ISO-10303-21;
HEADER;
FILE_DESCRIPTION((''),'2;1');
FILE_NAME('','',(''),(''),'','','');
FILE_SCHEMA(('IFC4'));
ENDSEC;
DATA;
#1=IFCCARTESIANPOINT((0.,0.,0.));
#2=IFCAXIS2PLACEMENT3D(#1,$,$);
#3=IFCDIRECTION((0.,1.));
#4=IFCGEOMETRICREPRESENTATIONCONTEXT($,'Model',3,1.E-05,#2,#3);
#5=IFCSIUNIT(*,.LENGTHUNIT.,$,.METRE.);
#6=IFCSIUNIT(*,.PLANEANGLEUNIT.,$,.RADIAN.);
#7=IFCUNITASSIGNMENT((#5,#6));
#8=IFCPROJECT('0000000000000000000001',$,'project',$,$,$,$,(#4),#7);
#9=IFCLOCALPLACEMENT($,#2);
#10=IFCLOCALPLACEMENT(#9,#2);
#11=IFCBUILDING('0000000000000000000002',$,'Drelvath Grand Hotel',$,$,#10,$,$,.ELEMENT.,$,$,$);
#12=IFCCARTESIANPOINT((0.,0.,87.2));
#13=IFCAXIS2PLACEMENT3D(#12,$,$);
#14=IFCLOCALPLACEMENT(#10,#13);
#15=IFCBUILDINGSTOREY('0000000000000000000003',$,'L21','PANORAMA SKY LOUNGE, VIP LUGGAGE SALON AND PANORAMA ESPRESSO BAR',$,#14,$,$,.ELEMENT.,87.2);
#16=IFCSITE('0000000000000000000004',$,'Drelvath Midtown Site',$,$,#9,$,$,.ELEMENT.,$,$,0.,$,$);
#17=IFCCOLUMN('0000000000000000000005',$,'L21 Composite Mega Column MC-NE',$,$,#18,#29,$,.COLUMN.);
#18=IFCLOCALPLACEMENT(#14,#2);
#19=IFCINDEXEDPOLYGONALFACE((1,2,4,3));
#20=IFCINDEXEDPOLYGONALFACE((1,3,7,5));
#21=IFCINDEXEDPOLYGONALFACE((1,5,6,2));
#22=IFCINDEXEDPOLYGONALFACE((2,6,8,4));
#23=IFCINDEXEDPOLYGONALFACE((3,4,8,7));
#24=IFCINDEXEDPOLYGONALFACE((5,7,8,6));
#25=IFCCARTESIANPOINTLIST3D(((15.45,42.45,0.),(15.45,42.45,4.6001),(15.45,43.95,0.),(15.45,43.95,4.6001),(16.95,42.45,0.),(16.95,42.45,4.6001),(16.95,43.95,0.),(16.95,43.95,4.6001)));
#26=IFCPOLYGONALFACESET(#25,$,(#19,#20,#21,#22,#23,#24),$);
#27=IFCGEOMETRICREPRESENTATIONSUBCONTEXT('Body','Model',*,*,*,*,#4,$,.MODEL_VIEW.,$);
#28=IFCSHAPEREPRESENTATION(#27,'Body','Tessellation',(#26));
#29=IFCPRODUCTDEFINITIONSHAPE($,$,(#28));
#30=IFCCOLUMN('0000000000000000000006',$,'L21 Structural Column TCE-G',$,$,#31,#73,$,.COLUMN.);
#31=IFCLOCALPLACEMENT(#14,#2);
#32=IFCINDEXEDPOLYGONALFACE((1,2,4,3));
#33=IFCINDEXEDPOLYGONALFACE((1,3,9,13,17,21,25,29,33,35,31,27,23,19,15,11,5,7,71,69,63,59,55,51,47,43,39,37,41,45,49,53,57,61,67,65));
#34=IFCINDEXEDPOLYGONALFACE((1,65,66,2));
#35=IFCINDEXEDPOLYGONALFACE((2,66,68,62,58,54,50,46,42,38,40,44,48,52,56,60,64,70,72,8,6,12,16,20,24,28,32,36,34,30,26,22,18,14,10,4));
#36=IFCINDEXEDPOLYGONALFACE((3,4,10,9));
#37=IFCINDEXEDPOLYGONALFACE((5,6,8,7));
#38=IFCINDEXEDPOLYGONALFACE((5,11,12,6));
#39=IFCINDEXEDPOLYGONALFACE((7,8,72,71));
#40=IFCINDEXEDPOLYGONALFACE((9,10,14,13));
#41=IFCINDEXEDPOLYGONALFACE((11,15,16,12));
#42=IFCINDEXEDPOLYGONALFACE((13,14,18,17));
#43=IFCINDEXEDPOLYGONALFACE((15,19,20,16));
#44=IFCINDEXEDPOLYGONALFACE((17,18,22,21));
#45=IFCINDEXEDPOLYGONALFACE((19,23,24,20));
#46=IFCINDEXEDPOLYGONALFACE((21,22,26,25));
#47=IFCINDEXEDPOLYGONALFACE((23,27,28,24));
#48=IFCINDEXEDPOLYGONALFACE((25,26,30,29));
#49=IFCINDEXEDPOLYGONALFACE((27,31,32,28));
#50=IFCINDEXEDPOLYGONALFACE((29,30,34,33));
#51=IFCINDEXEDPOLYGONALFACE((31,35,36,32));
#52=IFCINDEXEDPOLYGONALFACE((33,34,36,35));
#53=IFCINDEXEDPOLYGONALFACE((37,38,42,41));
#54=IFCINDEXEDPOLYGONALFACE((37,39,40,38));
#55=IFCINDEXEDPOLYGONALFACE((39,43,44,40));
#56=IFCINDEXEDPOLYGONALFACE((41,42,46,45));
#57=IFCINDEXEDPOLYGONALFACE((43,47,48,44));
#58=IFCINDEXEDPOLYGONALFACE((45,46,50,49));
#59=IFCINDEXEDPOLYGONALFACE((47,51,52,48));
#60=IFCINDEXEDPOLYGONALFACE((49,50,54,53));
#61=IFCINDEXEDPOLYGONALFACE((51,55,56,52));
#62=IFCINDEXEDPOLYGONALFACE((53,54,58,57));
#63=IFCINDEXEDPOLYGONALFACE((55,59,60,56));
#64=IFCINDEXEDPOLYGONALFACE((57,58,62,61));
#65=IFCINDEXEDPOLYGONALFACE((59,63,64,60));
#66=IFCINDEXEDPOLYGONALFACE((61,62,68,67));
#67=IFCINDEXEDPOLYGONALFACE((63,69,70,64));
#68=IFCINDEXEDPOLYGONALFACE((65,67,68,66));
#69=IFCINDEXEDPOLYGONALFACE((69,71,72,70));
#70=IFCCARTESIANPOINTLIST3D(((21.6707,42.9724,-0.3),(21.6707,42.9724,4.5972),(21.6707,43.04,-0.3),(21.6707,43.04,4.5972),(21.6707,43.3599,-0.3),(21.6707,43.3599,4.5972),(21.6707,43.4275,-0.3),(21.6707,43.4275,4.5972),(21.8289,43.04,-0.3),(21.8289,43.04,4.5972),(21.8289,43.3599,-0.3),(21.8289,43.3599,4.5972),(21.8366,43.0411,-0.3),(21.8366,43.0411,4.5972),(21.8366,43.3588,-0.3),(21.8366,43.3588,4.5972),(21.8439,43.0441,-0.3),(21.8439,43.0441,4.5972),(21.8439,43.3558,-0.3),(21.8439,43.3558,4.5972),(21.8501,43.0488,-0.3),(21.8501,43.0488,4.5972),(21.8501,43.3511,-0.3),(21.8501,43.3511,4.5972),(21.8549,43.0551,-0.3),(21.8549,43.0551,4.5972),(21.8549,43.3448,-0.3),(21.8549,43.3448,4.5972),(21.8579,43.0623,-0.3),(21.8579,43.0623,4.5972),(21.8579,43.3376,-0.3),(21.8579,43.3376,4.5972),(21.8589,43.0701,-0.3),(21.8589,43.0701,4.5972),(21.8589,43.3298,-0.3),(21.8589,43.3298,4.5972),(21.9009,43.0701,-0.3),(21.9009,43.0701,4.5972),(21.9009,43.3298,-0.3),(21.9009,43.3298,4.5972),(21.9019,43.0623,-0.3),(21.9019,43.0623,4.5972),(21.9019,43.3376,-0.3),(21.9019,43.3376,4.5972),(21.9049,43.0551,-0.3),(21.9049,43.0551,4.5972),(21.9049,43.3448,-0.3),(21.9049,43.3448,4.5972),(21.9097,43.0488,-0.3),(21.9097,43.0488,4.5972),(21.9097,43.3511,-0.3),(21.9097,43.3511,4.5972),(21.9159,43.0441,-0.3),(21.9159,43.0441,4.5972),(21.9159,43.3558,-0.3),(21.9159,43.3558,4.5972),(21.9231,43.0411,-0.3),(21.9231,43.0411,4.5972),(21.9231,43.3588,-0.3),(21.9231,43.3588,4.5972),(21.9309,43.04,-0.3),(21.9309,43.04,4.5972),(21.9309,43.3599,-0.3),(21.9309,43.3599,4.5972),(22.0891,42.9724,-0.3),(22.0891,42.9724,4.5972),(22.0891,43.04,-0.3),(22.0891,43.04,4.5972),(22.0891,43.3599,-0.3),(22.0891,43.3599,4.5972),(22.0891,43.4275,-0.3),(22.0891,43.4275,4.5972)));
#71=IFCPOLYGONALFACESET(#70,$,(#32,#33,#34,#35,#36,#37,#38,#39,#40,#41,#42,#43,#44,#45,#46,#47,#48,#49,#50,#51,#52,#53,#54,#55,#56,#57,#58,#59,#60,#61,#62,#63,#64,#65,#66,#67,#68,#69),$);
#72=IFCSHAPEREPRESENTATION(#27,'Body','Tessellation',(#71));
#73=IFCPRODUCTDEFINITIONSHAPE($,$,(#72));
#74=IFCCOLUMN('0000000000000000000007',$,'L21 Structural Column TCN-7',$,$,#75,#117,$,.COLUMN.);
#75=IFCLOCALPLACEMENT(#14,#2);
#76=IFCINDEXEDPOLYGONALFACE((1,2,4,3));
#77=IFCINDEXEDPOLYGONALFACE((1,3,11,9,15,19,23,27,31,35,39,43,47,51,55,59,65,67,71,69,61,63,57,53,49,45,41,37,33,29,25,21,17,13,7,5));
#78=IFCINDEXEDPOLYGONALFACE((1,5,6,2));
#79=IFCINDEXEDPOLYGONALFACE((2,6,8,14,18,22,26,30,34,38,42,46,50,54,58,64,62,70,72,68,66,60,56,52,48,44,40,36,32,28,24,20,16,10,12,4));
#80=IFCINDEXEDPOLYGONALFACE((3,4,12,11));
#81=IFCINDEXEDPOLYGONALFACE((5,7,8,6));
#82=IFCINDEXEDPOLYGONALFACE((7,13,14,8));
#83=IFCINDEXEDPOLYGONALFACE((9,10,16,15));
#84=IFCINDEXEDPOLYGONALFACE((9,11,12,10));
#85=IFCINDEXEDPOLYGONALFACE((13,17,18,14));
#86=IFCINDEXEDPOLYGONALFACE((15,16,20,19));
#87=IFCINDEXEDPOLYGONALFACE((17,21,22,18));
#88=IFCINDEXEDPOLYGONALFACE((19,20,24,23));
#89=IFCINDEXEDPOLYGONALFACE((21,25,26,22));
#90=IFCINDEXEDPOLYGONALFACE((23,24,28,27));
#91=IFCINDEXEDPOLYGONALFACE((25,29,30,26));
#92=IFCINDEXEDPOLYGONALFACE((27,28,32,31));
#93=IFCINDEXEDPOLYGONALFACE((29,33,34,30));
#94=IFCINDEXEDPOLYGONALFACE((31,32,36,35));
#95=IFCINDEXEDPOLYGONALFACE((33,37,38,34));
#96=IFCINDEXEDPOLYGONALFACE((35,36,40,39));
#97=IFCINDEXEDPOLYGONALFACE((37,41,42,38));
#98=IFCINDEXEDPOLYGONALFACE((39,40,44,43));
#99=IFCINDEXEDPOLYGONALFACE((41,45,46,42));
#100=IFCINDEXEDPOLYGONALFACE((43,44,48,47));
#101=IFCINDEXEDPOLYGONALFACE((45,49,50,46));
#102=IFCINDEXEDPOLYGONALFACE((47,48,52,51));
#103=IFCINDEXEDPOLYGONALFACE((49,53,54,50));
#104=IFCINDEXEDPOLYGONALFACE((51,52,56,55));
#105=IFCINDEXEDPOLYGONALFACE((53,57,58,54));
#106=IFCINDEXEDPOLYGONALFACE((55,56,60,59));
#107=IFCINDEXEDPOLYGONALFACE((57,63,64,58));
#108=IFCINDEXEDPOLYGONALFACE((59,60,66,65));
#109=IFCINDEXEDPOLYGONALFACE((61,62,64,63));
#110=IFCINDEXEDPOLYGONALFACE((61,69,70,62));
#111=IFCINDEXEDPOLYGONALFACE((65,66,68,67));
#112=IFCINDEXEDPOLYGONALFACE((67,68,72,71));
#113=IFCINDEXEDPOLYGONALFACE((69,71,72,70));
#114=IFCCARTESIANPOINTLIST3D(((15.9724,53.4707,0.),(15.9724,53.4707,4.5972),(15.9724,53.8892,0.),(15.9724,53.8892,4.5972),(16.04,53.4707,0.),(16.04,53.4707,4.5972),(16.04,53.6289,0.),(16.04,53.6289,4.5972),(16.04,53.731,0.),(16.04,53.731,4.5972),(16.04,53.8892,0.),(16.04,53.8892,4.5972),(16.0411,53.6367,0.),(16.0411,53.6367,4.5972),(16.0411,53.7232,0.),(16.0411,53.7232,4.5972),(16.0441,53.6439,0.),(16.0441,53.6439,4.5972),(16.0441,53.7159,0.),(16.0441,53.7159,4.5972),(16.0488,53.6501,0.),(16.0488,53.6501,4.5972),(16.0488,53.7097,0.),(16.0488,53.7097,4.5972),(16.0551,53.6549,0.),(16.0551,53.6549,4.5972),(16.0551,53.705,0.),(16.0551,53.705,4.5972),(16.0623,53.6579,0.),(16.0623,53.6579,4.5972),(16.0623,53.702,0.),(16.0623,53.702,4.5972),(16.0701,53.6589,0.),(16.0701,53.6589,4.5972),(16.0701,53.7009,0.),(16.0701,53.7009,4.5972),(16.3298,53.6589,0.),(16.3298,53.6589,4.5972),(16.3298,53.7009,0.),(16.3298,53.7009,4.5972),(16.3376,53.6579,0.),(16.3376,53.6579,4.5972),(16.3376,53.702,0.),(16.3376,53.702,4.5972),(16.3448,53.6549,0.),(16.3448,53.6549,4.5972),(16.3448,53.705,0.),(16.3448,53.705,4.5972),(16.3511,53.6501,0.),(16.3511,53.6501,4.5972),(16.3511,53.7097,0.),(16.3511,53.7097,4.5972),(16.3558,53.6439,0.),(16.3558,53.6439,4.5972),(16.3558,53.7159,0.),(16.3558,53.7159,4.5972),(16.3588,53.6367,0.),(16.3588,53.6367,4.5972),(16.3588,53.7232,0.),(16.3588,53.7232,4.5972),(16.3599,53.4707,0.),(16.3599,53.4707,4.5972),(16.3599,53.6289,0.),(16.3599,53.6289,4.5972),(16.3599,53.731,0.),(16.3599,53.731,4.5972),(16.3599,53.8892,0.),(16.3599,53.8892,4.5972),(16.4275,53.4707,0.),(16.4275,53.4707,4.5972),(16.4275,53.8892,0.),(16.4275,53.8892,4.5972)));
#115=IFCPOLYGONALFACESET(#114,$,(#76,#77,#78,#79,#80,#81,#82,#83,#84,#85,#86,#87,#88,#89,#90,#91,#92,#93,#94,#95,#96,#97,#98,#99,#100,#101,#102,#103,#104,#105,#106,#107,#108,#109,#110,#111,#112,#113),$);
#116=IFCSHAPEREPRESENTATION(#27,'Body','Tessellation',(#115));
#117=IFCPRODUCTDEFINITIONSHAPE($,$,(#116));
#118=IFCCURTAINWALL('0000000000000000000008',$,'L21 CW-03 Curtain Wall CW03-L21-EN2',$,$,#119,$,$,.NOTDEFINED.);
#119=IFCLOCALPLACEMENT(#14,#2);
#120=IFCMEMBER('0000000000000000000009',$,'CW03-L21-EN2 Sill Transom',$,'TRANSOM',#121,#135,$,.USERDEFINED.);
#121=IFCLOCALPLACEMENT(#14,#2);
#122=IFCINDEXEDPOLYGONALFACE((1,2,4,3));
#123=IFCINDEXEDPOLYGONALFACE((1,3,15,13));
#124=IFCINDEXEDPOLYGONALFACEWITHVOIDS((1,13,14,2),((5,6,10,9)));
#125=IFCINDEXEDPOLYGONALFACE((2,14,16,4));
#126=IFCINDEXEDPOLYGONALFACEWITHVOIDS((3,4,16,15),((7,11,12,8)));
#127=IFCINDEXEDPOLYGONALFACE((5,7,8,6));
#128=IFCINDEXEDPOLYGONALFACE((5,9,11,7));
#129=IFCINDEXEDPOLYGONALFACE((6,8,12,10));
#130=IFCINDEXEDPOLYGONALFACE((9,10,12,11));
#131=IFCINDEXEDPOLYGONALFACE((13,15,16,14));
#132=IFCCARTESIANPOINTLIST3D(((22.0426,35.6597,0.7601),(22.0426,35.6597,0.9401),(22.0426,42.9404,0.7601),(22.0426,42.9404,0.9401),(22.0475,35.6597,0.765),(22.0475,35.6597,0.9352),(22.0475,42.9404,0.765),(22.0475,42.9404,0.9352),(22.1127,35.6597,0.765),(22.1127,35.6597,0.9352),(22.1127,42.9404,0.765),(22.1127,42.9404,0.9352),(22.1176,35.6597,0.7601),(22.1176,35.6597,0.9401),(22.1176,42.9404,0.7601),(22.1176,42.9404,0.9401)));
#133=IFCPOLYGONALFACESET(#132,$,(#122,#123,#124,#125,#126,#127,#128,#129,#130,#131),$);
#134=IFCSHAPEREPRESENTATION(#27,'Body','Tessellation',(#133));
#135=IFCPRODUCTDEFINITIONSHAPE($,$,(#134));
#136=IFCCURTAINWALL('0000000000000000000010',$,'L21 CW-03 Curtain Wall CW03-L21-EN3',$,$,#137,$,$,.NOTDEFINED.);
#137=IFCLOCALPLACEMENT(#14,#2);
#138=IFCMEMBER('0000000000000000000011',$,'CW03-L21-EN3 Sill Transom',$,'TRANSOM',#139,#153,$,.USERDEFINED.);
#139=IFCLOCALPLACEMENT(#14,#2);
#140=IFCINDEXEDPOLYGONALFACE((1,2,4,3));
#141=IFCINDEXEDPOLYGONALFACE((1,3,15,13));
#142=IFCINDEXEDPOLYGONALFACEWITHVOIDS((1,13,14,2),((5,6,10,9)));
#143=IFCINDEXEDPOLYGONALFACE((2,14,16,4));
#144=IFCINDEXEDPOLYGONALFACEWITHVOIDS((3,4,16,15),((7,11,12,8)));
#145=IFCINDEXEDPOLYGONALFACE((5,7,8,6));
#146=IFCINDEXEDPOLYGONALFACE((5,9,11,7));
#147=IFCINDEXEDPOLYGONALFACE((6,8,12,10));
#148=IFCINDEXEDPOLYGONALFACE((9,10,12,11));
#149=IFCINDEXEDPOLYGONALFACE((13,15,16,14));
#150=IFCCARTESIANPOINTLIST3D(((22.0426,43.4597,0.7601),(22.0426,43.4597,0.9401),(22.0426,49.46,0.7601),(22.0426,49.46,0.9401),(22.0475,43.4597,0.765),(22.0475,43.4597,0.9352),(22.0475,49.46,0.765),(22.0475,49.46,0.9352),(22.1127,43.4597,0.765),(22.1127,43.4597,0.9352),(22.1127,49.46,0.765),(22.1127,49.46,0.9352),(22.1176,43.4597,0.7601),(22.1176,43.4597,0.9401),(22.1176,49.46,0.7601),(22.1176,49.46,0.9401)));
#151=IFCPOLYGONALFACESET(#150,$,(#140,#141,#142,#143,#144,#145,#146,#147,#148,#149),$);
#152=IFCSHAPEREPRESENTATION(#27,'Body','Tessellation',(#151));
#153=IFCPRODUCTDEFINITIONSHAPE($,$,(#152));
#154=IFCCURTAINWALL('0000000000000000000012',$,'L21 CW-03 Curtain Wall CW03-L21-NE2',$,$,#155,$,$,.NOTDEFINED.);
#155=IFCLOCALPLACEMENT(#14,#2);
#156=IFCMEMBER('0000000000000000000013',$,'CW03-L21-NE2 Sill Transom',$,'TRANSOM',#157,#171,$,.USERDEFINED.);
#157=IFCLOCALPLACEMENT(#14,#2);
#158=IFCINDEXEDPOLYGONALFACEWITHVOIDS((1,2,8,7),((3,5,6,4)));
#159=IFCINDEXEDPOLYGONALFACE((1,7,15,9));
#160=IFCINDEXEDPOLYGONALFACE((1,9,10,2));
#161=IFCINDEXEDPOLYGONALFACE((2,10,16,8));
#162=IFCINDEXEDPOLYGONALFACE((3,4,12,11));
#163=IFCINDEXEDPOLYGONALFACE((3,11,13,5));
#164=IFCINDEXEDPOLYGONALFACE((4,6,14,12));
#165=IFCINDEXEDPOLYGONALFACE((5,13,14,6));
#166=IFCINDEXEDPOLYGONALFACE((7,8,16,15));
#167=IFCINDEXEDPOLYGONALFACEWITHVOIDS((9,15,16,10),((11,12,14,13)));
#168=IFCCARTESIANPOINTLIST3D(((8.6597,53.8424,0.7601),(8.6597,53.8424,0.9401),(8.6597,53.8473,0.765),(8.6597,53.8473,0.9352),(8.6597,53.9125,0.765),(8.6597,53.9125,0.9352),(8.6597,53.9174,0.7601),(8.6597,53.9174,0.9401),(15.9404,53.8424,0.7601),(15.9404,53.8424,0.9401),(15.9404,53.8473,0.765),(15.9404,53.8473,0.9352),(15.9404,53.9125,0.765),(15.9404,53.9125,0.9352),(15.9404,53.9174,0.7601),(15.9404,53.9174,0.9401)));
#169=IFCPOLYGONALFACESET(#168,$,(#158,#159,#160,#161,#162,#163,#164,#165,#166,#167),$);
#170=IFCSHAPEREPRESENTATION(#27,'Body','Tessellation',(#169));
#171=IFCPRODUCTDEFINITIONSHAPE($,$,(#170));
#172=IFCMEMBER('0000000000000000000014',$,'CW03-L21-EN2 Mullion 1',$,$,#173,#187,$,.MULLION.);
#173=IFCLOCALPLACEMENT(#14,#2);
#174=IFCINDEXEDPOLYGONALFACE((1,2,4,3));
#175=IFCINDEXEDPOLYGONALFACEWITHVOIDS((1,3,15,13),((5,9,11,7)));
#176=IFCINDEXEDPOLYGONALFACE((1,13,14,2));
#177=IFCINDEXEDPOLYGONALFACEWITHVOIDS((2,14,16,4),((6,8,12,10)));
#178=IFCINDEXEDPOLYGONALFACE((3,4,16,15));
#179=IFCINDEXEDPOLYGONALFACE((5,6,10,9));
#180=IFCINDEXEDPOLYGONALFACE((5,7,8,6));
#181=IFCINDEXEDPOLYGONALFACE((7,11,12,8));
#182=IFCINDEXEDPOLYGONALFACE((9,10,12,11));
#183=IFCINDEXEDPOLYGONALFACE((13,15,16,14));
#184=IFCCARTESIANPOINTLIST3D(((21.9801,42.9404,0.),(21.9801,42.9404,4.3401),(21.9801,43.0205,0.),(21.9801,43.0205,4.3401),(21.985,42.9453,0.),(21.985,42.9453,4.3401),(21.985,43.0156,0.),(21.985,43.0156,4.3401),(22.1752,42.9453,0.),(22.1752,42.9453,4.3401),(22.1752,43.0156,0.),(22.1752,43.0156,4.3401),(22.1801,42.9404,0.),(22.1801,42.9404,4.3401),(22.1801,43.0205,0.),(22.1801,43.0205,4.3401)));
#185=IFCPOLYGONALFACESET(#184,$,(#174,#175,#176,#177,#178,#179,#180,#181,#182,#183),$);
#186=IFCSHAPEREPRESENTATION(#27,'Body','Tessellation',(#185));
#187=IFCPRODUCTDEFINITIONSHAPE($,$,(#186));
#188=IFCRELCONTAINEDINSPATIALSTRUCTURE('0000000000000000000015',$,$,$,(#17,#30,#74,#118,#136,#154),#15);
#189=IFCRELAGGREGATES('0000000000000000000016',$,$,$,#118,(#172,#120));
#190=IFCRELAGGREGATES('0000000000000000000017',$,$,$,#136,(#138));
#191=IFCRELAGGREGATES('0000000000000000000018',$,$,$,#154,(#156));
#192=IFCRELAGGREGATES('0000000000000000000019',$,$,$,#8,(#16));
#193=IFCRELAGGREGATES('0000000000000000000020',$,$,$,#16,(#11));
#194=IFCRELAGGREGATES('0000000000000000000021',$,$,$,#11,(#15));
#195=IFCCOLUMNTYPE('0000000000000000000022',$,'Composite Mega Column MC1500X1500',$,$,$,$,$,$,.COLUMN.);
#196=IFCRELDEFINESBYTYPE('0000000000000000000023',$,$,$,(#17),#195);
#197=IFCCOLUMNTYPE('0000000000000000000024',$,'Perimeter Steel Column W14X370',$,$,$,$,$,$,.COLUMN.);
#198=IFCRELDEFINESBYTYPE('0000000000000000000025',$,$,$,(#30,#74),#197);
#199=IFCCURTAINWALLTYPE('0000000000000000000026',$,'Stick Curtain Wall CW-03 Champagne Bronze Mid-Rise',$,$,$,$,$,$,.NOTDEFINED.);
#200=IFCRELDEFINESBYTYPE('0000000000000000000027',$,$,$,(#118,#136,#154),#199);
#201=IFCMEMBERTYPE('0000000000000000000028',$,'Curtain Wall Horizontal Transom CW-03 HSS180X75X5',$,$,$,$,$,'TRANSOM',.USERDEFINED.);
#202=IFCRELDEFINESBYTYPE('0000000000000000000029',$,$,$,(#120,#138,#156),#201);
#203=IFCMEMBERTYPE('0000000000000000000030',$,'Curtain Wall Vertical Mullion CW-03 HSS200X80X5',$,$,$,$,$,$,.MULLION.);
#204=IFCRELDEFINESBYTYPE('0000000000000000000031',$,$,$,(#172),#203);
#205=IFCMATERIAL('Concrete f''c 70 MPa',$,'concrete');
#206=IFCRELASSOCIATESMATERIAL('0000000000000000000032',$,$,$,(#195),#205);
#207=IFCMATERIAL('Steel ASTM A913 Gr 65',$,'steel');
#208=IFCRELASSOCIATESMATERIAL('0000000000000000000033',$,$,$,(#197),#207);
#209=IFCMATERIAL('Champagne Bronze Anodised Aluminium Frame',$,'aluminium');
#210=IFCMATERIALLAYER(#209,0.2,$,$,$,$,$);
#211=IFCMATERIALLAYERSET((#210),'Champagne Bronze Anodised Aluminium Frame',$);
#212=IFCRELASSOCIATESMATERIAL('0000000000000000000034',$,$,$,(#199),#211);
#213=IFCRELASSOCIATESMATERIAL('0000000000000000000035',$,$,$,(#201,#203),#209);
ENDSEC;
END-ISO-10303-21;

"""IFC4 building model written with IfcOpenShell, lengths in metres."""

from ifc_helpers import new_model, si_unit, direction, frame, origin, origin_2d, place, context, subcontext, project, spatial, rectangle, hollow_rectangle, i_section, extrude, material, layer, layer_set, material_profile, profile_set, type_object, element, aggregate, save


model = new_model("IFC4")

# Units and contexts
model_context = context("Model", 3, precision=1e-05, world=origin(), true_north=direction((0.0, 1.0)))
body_context = subcontext(model_context, "Body", "Model", "MODEL_VIEW")
ifc_project = project(units=[si_unit("LENGTHUNIT", "METRE"), si_unit("PLANEANGLEUNIT", "RADIAN")], contexts=[model_context])

# Site, building, storey
site_placement = place(None, origin())
site = spatial("IfcSite", under=ifc_project, at=site_placement, Name="Drelvath Midtown Site", CompositionType="ELEMENT", RefElevation=0.0)
building_placement = place(site_placement, origin())
building = spatial("IfcBuilding", under=site, at=building_placement, Name="Drelvath Grand Hotel", CompositionType="ELEMENT")
storey_placement = place(building_placement, frame((0.0, 0.0, 87.2)))
storey = spatial("IfcBuildingStorey", under=building, at=storey_placement, Name="L21", Description="PANORAMA SKY LOUNGE, VIP LUGGAGE SALON AND PANORAMA ESPRESSO BAR", CompositionType="ELEMENT", Elevation=87.2)

# Columns
ifc_material_1 = material(Name="Concrete f'c 70 MPa", Category="concrete")
ifc_material_profile_1 = material_profile(ifc_material_1, rectangle(XDim=1.5, YDim=1.5, at=origin_2d()), Name="MC1500X1500")
ifc_profile_set_1 = profile_set([ifc_material_profile_1], Name="Concrete f'c 70 MPa")
column_type_1 = type_object("IfcColumnType", Name="Composite Mega Column MC1500X1500", PredefinedType="COLUMN", material=ifc_profile_set_1)
column_1_placement = place(storey_placement, frame((16.2, 43.2, 0.0), z_axis=(0.0, 0.0, 1.0), x_axis=(1.0, 0.0, 0.0)))
element("IfcColumn", 1, at=column_1_placement, inside=storey, type_object=column_type_1, Name="L21 Composite Mega Column MC-NE", PredefinedType="COLUMN", context=body_context, shape_type="SweptSolid", body=[
    extrude(rectangle(XDim=1.5, YDim=1.5, at=origin_2d()), origin(), (0.0, 0.0, 1.0), 4.6001),
])
ifc_material_2 = material(Name="Steel ASTM A913 Gr 65", Category="steel")
ifc_material_profile_2 = material_profile(ifc_material_2, i_section(OverallWidth=0.4185, OverallDepth=0.4551, WebThickness=0.042, FlangeThickness=0.0676, FilletRadius=0.03, at=origin_2d()), Name="W14X370")
ifc_profile_set_2 = profile_set([ifc_material_profile_2], Name="Steel ASTM A913 Gr 65")
column_type_2 = type_object("IfcColumnType", Name="Perimeter Steel Column W14X370", PredefinedType="COLUMN", material=ifc_profile_set_2)
column_2_placement = place(storey_placement, frame((21.8799, 43.2, -0.3), z_axis=(0.0, 0.0, 1.0), x_axis=(1.0, 0.0, 0.0)))
element("IfcColumn", 2, at=column_2_placement, inside=storey, type_object=column_type_2, Name="L21 Structural Column TCE-G", PredefinedType="COLUMN", context=body_context, shape_type="SweptSolid", body=[
    extrude(i_section(OverallWidth=0.4185, OverallDepth=0.4551, WebThickness=0.042, FlangeThickness=0.0676, FilletRadius=0.03, at=origin_2d()), origin(), (0.0, 0.0, 1.0), 4.8972),
])
column_3_placement = place(storey_placement, frame((16.2, 53.6799, 0.0), z_axis=(0.0, 0.0, 1.0), x_axis=(0.0, 1.0, 0.0)))
element("IfcColumn", 3, at=column_3_placement, inside=storey, type_object=column_type_2, Name="L21 Structural Column TCN-7", PredefinedType="COLUMN", context=body_context, shape_type="SweptSolid", body=[
    extrude(i_section(OverallWidth=0.4185, OverallDepth=0.4551, WebThickness=0.042, FlangeThickness=0.0676, FilletRadius=0.03, at=origin_2d()), origin(), (0.0, 0.0, 1.0), 4.5972),
])

# Curtain walls, members
ifc_material_3 = material(Name="Champagne Bronze Anodised Aluminium Frame", Category="aluminium")
ifc_layer_1 = layer(ifc_material_3, 0.2)
ifc_layer_set_1 = layer_set([ifc_layer_1], Name="Champagne Bronze Anodised Aluminium Frame")
curtain_wall_type = type_object("IfcCurtainWallType", Name="Stick Curtain Wall CW-03 Champagne Bronze Mid-Rise", PredefinedType="NOTDEFINED", material=ifc_layer_set_1)
curtain_wall_1_placement = place(storey_placement, origin())
curtain_wall_1 = element("IfcCurtainWall", 4, at=curtain_wall_1_placement, inside=storey, type_object=curtain_wall_type, Name="L21 CW-03 Curtain Wall CW03-L21-EN2", PredefinedType="NOTDEFINED")
ifc_material_profile_3 = material_profile(ifc_material_3, hollow_rectangle(XDim=0.075, YDim=0.1799, WallThickness=0.0049, at=origin_2d()), Name="HSS180X75X5")
ifc_profile_set_3 = profile_set([ifc_material_profile_3], Name="Champagne Bronze Anodised Aluminium Frame")
member_type_1 = type_object("IfcMemberType", Name="Curtain Wall Horizontal Transom CW-03 HSS180X75X5", ElementType="TRANSOM", PredefinedType="USERDEFINED", material=ifc_profile_set_3)
member_1_placement = place(storey_placement, frame((22.0801, 42.9404, 0.8501), z_axis=(0.0, -1.0, 0.0), x_axis=(1.0, 0.0, 0.0)))
member_1 = element("IfcMember", 5, at=member_1_placement, type_object=member_type_1, Name="CW03-L21-EN2 Sill Transom", ObjectType="TRANSOM", PredefinedType="USERDEFINED", context=body_context, shape_type="SweptSolid", body=[
    extrude(hollow_rectangle(XDim=0.075, YDim=0.1799, WallThickness=0.0049, at=origin_2d()), origin(), (0.0, 0.0, 1.0), 7.2808),
])
curtain_wall_2_placement = place(storey_placement, origin())
curtain_wall_2 = element("IfcCurtainWall", 6, at=curtain_wall_2_placement, inside=storey, type_object=curtain_wall_type, Name="L21 CW-03 Curtain Wall CW03-L21-EN3", PredefinedType="NOTDEFINED")
member_2_placement = place(storey_placement, frame((22.0801, 49.46, 0.8501), z_axis=(0.0, -1.0, 0.0), x_axis=(1.0, 0.0, 0.0)))
member_2 = element("IfcMember", 7, at=member_2_placement, type_object=member_type_1, Name="CW03-L21-EN3 Sill Transom", ObjectType="TRANSOM", PredefinedType="USERDEFINED", context=body_context, shape_type="SweptSolid", body=[
    extrude(hollow_rectangle(XDim=0.075, YDim=0.1799, WallThickness=0.0049, at=origin_2d()), origin(), (0.0, 0.0, 1.0), 6.0002),
])
curtain_wall_3_placement = place(storey_placement, origin())
curtain_wall_3 = element("IfcCurtainWall", 8, at=curtain_wall_3_placement, inside=storey, type_object=curtain_wall_type, Name="L21 CW-03 Curtain Wall CW03-L21-NE2", PredefinedType="NOTDEFINED")
member_3_placement = place(storey_placement, frame((8.6597, 53.8799, 0.8501), z_axis=(1.0, 0.0, 0.0), x_axis=(0.0, 1.0, 0.0)))
member_3 = element("IfcMember", 9, at=member_3_placement, type_object=member_type_1, Name="CW03-L21-NE2 Sill Transom", ObjectType="TRANSOM", PredefinedType="USERDEFINED", context=body_context, shape_type="SweptSolid", body=[
    extrude(hollow_rectangle(XDim=0.075, YDim=0.1799, WallThickness=0.0049, at=origin_2d()), origin(), (0.0, 0.0, 1.0), 7.2808),
])

# Member
ifc_material_profile_4 = material_profile(ifc_material_3, hollow_rectangle(XDim=0.0801, YDim=0.2, WallThickness=0.0049, at=origin_2d()), Name="HSS200X80X5")
ifc_profile_set_4 = profile_set([ifc_material_profile_4], Name="Champagne Bronze Anodised Aluminium Frame")
member_type_2 = type_object("IfcMemberType", Name="Curtain Wall Vertical Mullion CW-03 HSS200X80X5", PredefinedType="MULLION", material=ifc_profile_set_4)
member_4_placement = place(storey_placement, frame((22.0801, 42.9805, 0.0), z_axis=(0.0, 0.0, 1.0), x_axis=(0.0, 1.0, 0.0)))
member_4 = element("IfcMember", 10, at=member_4_placement, type_object=member_type_2, Name="CW03-L21-EN2 Mullion 1", PredefinedType="MULLION", context=body_context, shape_type="SweptSolid", body=[
    extrude(hollow_rectangle(XDim=0.0801, YDim=0.2, WallThickness=0.0049, at=origin_2d()), origin(), (0.0, 0.0, 1.0), 4.3401),
])
aggregate(curtain_wall_1, [member_4, member_1])

aggregate(curtain_wall_2, [member_2])
aggregate(curtain_wall_3, [member_3])

save(model, "model.ifc")
